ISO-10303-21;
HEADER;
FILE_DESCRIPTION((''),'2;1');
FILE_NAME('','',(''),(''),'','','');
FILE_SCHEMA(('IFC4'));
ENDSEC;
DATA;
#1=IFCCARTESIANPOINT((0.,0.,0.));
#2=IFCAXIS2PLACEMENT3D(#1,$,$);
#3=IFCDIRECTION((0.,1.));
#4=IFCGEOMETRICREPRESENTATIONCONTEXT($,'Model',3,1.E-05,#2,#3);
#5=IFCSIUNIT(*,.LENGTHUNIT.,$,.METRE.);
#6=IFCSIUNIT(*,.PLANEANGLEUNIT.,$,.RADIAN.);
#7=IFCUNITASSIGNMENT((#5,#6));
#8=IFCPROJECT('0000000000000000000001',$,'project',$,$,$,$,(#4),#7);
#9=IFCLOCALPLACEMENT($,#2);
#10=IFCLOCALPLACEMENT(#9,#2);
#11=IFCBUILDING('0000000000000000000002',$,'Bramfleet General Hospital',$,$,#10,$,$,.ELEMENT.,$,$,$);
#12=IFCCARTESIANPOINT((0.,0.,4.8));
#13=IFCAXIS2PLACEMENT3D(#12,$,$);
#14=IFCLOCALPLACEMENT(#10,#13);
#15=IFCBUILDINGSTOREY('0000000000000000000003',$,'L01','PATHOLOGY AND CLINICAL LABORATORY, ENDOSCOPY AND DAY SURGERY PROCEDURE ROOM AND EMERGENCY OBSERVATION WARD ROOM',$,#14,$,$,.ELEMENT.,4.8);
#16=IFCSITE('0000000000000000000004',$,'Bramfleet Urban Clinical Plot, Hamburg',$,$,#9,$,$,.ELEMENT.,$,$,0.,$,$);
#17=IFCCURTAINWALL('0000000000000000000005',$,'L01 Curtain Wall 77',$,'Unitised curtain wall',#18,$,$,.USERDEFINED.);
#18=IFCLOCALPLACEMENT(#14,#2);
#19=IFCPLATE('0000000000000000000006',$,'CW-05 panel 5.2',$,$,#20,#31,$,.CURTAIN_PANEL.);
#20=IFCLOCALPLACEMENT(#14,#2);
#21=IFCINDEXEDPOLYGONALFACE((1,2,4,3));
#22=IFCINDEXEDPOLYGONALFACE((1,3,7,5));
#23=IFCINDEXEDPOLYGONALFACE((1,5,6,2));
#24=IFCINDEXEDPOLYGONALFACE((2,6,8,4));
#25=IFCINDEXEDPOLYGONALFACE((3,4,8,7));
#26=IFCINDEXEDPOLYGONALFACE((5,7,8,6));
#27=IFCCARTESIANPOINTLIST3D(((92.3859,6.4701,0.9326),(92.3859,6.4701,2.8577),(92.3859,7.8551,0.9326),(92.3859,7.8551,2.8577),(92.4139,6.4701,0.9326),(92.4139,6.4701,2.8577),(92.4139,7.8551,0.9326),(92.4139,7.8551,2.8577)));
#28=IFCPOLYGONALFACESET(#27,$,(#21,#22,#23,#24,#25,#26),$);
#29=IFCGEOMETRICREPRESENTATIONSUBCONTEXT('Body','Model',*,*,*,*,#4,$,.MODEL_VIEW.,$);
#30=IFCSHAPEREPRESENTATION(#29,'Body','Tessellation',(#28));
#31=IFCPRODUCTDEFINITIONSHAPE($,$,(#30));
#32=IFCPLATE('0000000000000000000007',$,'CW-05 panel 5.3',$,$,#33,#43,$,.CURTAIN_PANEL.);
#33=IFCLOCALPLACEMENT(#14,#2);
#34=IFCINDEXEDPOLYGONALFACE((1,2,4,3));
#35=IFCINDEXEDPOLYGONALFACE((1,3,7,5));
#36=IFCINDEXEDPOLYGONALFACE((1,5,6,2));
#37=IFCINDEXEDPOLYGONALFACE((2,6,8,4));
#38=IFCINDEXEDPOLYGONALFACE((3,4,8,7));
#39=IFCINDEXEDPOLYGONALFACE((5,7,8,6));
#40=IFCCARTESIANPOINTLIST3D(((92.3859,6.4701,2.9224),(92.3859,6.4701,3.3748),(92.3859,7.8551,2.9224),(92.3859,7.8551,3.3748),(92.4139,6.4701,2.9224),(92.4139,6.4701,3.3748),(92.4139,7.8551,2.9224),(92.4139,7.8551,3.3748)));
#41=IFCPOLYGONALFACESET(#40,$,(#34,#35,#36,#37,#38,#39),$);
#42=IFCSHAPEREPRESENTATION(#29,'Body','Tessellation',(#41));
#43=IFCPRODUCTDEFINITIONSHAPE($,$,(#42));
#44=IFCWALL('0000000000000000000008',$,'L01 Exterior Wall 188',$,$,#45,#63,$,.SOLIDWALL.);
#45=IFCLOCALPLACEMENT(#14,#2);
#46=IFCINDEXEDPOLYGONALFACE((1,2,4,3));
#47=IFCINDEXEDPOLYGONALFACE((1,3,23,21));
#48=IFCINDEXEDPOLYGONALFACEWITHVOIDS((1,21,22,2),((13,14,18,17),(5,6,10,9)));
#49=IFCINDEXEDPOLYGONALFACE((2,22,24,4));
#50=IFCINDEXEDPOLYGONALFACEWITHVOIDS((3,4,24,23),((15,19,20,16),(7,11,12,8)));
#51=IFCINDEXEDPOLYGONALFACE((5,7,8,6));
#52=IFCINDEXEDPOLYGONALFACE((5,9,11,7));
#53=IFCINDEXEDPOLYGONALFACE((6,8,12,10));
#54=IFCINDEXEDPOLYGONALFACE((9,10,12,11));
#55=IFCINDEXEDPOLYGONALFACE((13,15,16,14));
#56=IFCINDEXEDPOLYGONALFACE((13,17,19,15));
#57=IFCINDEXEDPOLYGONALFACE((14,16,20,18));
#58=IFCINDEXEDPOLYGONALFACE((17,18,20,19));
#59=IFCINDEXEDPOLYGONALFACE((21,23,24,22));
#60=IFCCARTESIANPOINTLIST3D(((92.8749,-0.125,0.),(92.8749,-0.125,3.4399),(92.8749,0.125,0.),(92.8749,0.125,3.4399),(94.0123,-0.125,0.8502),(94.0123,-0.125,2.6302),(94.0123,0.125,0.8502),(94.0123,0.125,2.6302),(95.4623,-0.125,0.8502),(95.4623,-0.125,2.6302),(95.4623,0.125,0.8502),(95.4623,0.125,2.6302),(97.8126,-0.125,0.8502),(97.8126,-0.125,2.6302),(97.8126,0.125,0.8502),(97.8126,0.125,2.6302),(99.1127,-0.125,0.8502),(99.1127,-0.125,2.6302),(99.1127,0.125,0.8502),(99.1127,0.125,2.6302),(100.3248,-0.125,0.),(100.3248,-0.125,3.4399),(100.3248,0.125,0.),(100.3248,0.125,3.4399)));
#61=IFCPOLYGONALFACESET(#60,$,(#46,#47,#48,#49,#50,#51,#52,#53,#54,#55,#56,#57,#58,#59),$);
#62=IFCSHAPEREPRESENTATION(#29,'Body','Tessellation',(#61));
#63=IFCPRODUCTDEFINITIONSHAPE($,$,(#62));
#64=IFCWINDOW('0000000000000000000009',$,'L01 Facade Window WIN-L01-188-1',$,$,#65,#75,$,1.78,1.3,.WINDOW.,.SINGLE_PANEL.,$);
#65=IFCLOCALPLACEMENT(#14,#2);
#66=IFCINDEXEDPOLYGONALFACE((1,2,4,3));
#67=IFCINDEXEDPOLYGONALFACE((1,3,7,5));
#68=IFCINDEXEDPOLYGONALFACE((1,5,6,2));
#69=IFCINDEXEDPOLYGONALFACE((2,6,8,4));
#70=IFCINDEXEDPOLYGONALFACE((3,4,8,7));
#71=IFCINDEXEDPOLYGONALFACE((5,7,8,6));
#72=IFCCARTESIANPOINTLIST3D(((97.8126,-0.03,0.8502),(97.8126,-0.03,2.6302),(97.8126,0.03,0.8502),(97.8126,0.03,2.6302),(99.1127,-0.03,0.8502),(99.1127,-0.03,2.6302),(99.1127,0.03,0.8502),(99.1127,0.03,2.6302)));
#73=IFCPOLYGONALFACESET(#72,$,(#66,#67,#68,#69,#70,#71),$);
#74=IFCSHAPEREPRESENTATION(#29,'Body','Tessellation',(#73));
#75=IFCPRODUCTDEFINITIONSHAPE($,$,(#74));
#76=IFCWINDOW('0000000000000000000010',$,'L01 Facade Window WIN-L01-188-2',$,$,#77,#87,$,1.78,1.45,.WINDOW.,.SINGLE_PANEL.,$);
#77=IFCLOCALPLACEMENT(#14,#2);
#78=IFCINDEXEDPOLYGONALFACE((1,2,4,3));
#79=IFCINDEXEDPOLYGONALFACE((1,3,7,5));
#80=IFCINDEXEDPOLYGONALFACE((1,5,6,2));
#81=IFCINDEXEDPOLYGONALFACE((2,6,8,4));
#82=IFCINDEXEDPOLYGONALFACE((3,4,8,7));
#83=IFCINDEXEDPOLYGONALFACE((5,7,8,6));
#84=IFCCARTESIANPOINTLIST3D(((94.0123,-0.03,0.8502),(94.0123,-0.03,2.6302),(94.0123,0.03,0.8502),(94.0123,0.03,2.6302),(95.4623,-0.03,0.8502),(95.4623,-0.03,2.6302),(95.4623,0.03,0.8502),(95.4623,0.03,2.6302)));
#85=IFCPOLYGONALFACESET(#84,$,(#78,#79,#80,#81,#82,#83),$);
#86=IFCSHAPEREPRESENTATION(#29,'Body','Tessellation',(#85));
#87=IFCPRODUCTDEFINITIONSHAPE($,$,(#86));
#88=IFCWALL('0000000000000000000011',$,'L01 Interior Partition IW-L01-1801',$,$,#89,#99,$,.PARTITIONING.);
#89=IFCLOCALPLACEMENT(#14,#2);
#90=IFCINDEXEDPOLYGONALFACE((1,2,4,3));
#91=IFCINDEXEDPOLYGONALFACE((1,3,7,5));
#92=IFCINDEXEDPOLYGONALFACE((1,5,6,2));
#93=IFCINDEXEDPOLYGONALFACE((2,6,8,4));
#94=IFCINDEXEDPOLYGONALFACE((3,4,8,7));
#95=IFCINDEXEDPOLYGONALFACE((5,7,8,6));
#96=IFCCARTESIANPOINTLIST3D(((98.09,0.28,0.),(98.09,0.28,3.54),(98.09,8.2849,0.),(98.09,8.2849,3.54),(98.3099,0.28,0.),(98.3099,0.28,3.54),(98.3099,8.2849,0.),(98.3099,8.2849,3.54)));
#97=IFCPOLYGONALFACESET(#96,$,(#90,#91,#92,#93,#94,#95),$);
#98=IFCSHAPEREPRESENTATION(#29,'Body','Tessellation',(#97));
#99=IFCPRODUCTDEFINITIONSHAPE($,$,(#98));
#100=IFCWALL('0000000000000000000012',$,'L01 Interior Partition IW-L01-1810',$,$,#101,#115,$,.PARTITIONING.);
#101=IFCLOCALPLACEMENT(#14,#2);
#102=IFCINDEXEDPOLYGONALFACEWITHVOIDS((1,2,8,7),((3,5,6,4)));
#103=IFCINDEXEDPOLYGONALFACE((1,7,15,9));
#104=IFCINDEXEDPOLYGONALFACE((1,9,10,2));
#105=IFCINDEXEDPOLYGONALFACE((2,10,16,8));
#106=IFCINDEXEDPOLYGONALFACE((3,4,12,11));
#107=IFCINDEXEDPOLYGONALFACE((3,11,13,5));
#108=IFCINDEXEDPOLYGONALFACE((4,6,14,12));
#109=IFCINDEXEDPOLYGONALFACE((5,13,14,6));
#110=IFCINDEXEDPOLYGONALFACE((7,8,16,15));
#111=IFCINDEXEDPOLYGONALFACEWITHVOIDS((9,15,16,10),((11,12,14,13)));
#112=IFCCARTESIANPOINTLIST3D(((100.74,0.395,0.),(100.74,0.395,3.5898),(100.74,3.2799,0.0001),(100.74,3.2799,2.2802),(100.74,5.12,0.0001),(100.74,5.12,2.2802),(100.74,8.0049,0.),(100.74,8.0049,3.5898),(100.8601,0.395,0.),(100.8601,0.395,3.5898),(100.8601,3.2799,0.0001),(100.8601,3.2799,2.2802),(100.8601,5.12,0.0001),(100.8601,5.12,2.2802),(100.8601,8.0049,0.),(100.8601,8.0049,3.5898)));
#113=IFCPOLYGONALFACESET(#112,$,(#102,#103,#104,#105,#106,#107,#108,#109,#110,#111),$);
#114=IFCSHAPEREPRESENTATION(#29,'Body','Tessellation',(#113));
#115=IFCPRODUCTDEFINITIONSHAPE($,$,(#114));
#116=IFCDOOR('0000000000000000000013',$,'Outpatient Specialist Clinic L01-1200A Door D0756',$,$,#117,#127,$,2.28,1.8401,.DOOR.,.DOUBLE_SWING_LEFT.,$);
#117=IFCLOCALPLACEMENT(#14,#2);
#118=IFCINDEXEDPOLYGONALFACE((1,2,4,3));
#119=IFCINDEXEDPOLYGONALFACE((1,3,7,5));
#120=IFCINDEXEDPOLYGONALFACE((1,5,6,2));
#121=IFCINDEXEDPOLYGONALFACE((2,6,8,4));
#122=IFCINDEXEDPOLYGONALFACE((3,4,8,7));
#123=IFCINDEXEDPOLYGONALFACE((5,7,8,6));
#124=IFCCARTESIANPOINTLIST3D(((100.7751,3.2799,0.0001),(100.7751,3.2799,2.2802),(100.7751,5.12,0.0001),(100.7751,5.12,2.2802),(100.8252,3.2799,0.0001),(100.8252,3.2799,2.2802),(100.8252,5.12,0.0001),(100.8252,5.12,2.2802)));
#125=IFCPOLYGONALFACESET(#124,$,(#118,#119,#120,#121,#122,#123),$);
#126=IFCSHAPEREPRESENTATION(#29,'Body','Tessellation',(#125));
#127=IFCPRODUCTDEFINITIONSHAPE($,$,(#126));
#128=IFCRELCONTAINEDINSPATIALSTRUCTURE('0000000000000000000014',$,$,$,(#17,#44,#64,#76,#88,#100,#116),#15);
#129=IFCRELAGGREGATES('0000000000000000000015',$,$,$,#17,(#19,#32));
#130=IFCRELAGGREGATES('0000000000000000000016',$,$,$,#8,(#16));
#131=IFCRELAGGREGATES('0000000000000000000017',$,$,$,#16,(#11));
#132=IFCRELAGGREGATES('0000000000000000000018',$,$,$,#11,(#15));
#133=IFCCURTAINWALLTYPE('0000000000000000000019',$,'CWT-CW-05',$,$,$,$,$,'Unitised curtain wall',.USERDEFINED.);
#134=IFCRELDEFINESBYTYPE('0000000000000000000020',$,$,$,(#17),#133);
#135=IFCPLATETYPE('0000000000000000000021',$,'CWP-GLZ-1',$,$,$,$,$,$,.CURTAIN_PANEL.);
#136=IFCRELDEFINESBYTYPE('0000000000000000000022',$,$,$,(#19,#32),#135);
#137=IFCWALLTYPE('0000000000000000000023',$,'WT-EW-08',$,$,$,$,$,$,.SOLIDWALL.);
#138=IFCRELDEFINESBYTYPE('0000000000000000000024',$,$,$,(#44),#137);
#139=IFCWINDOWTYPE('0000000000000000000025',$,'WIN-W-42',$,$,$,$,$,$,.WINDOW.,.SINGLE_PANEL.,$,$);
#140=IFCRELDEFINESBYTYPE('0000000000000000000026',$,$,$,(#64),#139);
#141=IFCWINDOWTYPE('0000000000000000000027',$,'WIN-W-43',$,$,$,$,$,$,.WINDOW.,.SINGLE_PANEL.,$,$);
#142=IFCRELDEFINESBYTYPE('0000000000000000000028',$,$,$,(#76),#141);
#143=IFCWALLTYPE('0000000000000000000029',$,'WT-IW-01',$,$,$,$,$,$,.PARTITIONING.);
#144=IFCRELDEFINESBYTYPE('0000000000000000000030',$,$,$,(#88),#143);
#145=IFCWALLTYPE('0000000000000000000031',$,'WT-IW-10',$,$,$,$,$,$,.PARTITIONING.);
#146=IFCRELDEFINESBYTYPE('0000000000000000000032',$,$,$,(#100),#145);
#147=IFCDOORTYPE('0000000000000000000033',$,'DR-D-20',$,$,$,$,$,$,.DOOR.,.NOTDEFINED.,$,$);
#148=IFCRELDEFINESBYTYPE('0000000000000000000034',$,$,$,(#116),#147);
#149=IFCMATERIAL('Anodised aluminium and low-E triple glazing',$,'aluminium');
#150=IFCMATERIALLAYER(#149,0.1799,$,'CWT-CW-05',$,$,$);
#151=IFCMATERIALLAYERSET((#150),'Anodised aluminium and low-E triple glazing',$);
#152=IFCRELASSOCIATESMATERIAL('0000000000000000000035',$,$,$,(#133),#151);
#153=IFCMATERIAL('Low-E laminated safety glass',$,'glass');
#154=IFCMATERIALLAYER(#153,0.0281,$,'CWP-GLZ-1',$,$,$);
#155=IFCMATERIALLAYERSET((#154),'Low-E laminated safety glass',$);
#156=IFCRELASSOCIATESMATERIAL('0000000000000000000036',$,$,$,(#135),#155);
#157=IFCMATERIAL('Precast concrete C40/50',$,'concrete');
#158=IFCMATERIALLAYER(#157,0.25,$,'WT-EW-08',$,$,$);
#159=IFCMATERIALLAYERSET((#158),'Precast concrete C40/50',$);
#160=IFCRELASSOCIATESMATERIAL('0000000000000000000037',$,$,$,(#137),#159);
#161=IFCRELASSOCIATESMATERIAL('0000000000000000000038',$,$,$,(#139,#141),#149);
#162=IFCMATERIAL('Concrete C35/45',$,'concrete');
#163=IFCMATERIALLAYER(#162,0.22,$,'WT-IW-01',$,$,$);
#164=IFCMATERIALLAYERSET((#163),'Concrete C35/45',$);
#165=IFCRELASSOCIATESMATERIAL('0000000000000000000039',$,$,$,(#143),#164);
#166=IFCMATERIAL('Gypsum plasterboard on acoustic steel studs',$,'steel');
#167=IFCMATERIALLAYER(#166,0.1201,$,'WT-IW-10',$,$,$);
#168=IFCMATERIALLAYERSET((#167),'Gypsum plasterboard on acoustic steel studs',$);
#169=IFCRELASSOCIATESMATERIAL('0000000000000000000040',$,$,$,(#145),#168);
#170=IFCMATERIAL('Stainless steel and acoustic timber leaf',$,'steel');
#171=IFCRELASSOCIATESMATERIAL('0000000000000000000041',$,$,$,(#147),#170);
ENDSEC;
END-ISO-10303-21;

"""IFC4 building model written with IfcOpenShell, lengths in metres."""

from ifc_helpers import new_model, si_unit, direction, frame, frame_2d, origin, origin_2d, place, context, subcontext, project, spatial, rectangle, extrude, material, layer, layer_set, type_object, element, fill, aggregate, save


model = new_model("IFC4")

# Units and contexts
model_context = context("Model", 3, precision=1e-05, world=origin(), true_north=direction((0.0, 1.0)))
body_context = subcontext(model_context, "Body", "Model", "MODEL_VIEW")
ifc_project = project(units=[si_unit("LENGTHUNIT", "METRE"), si_unit("PLANEANGLEUNIT", "RADIAN")], contexts=[model_context])

# Site, building, storey
site_placement = place(None, origin())
site = spatial("IfcSite", under=ifc_project, at=site_placement, Name="Bramfleet Urban Clinical Plot, Hamburg", CompositionType="ELEMENT", RefElevation=0.0)
building_placement = place(site_placement, origin())
building = spatial("IfcBuilding", under=site, at=building_placement, Name="Bramfleet General Hospital", CompositionType="ELEMENT")
storey_placement = place(building_placement, frame((0.0, 0.0, 4.8)))
storey = spatial("IfcBuildingStorey", under=building, at=storey_placement, Name="L01", Description="PATHOLOGY AND CLINICAL LABORATORY, ENDOSCOPY AND DAY SURGERY PROCEDURE ROOM AND EMERGENCY OBSERVATION WARD ROOM", CompositionType="ELEMENT", Elevation=4.8)

# Shared definitions
ifc_material_1 = material(Name="Concrete C35/45", Category="concrete")

# Curtain wall, plates
ifc_material_2 = material(Name="Anodised aluminium and low-E triple glazing", Category="aluminium")
ifc_layer_1 = layer(ifc_material_2, 0.1799, Name="CWT-CW-05")
ifc_layer_set_1 = layer_set([ifc_layer_1], Name="Anodised aluminium and low-E triple glazing")
curtain_wall_type = type_object("IfcCurtainWallType", Name="CWT-CW-05", ElementType="Unitised curtain wall", PredefinedType="USERDEFINED", material=ifc_layer_set_1)
curtain_wall_placement = place(storey_placement, origin())
curtain_wall = element("IfcCurtainWall", 1, at=curtain_wall_placement, inside=storey, type_object=curtain_wall_type, Name="L01 Curtain Wall 77", ObjectType="Unitised curtain wall", PredefinedType="USERDEFINED")
ifc_material_3 = material(Name="Low-E laminated safety glass", Category="glass")
ifc_layer_2 = layer(ifc_material_3, 0.0281, Name="CWP-GLZ-1")
ifc_layer_set_2 = layer_set([ifc_layer_2], Name="Low-E laminated safety glass")
plate_type = type_object("IfcPlateType", Name="CWP-GLZ-1", PredefinedType="CURTAIN_PANEL", material=ifc_layer_set_2)
plate_1_placement = place(storey_placement, frame((92.3999, 7.1626, 0.9326), z_axis=(0.0, 0.0, 1.0), x_axis=(0.0, 1.0, 0.0)))
plate_1 = element("IfcPlate", 2, at=plate_1_placement, type_object=plate_type, Name="CW-05 panel 5.2", PredefinedType="CURTAIN_PANEL", context=body_context, shape_type="SweptSolid", body=[
    extrude(rectangle(XDim=1.385, YDim=0.0281, at=origin_2d()), origin(), (0.0, 0.0, 1.0), 1.925),
])
plate_2_placement = place(storey_placement, frame((92.3999, 7.1626, 2.9224), z_axis=(0.0, 0.0, 1.0), x_axis=(0.0, 1.0, 0.0)))
plate_2 = element("IfcPlate", 3, at=plate_2_placement, type_object=plate_type, Name="CW-05 panel 5.3", PredefinedType="CURTAIN_PANEL", context=body_context, shape_type="SweptSolid", body=[
    extrude(rectangle(XDim=1.385, YDim=0.0281, at=origin_2d()), origin(), (0.0, 0.0, 1.0), 0.4524),
])
aggregate(curtain_wall, [plate_1, plate_2])

# Wall, openings, windows
ifc_material_4 = material(Name="Precast concrete C40/50", Category="concrete")
ifc_layer_3 = layer(ifc_material_4, 0.25, Name="WT-EW-08")
ifc_layer_set_3 = layer_set([ifc_layer_3], Name="Precast concrete C40/50")
wall_type_1 = type_object("IfcWallType", Name="WT-EW-08", PredefinedType="SOLIDWALL", material=ifc_layer_set_3)
wall_1_placement = place(storey_placement, frame((100.325, 0.0, 0.0), z_axis=(0.0, 0.0, 1.0), x_axis=(-1.0, 0.0, 0.0)))
wall_1 = element("IfcWall", 4, at=wall_1_placement, inside=storey, type_object=wall_type_1, Name="L01 Exterior Wall 188", PredefinedType="SOLIDWALL", context=body_context, shape_type="SweptSolid", body=[
    extrude(rectangle(XDim=7.45, YDim=0.25, at=frame_2d((3.7251, 0.0))), origin(), (0.0, 0.0, 1.0), 3.4399),
])
opening_1_placement = place(wall_1_placement, frame((1.2124, 0.0, 0.8501)))
opening_1 = element("IfcOpeningElement", 5, at=opening_1_placement, cuts=wall_1, PredefinedType="OPENING", context=body_context, shape_type="SweptSolid", body=[
    extrude(rectangle(XDim=1.3, YDim=1.78, at=frame_2d((0.6499, 0.8901))), frame((0.0, 0.135, 0.0), z_axis=(0.0, -1.0, 0.0), x_axis=(1.0, 0.0, 0.0)), (0.0, 0.0, 1.0), 0.27),
])
opening_2_placement = place(wall_1_placement, frame((4.8625, 0.0, 0.8501)))
opening_2 = element("IfcOpeningElement", 6, at=opening_2_placement, cuts=wall_1, PredefinedType="OPENING", context=body_context, shape_type="SweptSolid", body=[
    extrude(rectangle(XDim=1.45, YDim=1.78, at=frame_2d((0.7251, 0.8901))), frame((0.0, 0.135, 0.0), z_axis=(0.0, -1.0, 0.0), x_axis=(1.0, 0.0, 0.0)), (0.0, 0.0, 1.0), 0.27),
])
window_type_1 = type_object("IfcWindowType", Name="WIN-W-42", PartitioningType="SINGLE_PANEL", PredefinedType="WINDOW", material=ifc_material_2)
window_1_placement = place(opening_1_placement, origin())
window_1 = element("IfcWindow", 7, at=window_1_placement, inside=storey, type_object=window_type_1, Name="L01 Facade Window WIN-L01-188-1", OverallHeight=1.78, OverallWidth=1.3, PartitioningType="SINGLE_PANEL", PredefinedType="WINDOW", context=body_context, shape_type="SweptSolid", body=[
    extrude(rectangle(XDim=1.3, YDim=1.78, at=frame_2d((0.6499, 0.8901))), frame((0.0, 0.03, 0.0), z_axis=(0.0, -1.0, 0.0), x_axis=(1.0, 0.0, 0.0)), (0.0, 0.0, 1.0), 0.0601),
])
fill(opening_1, window_1)
window_type_2 = type_object("IfcWindowType", Name="WIN-W-43", PartitioningType="SINGLE_PANEL", PredefinedType="WINDOW", material=ifc_material_2)
window_2_placement = place(opening_2_placement, origin())
window_2 = element("IfcWindow", 8, at=window_2_placement, inside=storey, type_object=window_type_2, Name="L01 Facade Window WIN-L01-188-2", OverallHeight=1.78, OverallWidth=1.45, PartitioningType="SINGLE_PANEL", PredefinedType="WINDOW", context=body_context, shape_type="SweptSolid", body=[
    extrude(rectangle(XDim=1.45, YDim=1.78, at=frame_2d((0.7251, 0.8901))), frame((0.0, 0.03, 0.0), z_axis=(0.0, -1.0, 0.0), x_axis=(1.0, 0.0, 0.0)), (0.0, 0.0, 1.0), 0.0601),
])
fill(opening_2, window_2)

# Wall
ifc_layer_4 = layer(ifc_material_1, 0.22, Name="WT-IW-01")
ifc_layer_set_4 = layer_set([ifc_layer_4], Name="Concrete C35/45")
wall_type_2 = type_object("IfcWallType", Name="WT-IW-01", PredefinedType="PARTITIONING", material=ifc_layer_set_4)
wall_2_placement = place(storey_placement, frame((98.2, 0.28, 0.0), z_axis=(0.0, 0.0, 1.0), x_axis=(0.0, 1.0, 0.0)))
element("IfcWall", 9, at=wall_2_placement, inside=storey, type_object=wall_type_2, Name="L01 Interior Partition IW-L01-1801", PredefinedType="PARTITIONING", context=body_context, shape_type="SweptSolid", body=[
    extrude(rectangle(XDim=8.0049, YDim=0.22, at=frame_2d((4.0024, 0.0))), origin(), (0.0, 0.0, 1.0), 3.54),
])

# Wall, opening, door
ifc_material_5 = material(Name="Gypsum plasterboard on acoustic steel studs", Category="steel")
ifc_layer_5 = layer(ifc_material_5, 0.1201, Name="WT-IW-10")
ifc_layer_set_5 = layer_set([ifc_layer_5], Name="Gypsum plasterboard on acoustic steel studs")
wall_type_3 = type_object("IfcWallType", Name="WT-IW-10", PredefinedType="PARTITIONING", material=ifc_layer_set_5)
wall_3_placement = place(storey_placement, frame((100.8, 0.395, 0.0), z_axis=(0.0, 0.0, 1.0), x_axis=(0.0, 1.0, 0.0)))
wall_3 = element("IfcWall", 10, at=wall_3_placement, inside=storey, type_object=wall_type_3, Name="L01 Interior Partition IW-L01-1810", PredefinedType="PARTITIONING", context=body_context, shape_type="SweptSolid", body=[
    extrude(rectangle(XDim=7.6099, YDim=0.1201, at=frame_2d((3.8049, 0.0))), origin(), (0.0, 0.0, 1.0), 3.5898),
])
opening_3_placement = place(wall_3_placement, frame((2.885, 0.0, 0.0)))
opening_3 = element("IfcOpeningElement", 11, at=opening_3_placement, cuts=wall_3, PredefinedType="OPENING", context=body_context, shape_type="SweptSolid", body=[
    extrude(rectangle(XDim=1.8401, YDim=2.28, at=frame_2d((0.9199, 1.1401))), frame((0.0, 0.0701, 0.0), z_axis=(0.0, -1.0, 0.0), x_axis=(1.0, 0.0, 0.0)), (0.0, 0.0, 1.0), 0.1401),
])
ifc_material_6 = material(Name="Stainless steel and acoustic timber leaf", Category="steel")
door_type = type_object("IfcDoorType", Name="DR-D-20", OperationType="NOTDEFINED", PredefinedType="DOOR", material=ifc_material_6)
door_placement = place(opening_3_placement, origin())
door = element("IfcDoor", 12, at=door_placement, inside=storey, type_object=door_type, Name="Outpatient Specialist Clinic L01-1200A Door D0756", OperationType="DOUBLE_SWING_LEFT", OverallHeight=2.28, OverallWidth=1.8401, PredefinedType="DOOR", context=body_context, shape_type="SweptSolid", body=[
    extrude(rectangle(XDim=1.8401, YDim=2.28, at=frame_2d((0.9199, 1.1401))), frame((0.0, 0.0249, 0.0), z_axis=(0.0, -1.0, 0.0), x_axis=(1.0, 0.0, 0.0)), (0.0, 0.0, 1.0), 0.05),
])
fill(opening_3, door)

save(model, "model.ifc")
